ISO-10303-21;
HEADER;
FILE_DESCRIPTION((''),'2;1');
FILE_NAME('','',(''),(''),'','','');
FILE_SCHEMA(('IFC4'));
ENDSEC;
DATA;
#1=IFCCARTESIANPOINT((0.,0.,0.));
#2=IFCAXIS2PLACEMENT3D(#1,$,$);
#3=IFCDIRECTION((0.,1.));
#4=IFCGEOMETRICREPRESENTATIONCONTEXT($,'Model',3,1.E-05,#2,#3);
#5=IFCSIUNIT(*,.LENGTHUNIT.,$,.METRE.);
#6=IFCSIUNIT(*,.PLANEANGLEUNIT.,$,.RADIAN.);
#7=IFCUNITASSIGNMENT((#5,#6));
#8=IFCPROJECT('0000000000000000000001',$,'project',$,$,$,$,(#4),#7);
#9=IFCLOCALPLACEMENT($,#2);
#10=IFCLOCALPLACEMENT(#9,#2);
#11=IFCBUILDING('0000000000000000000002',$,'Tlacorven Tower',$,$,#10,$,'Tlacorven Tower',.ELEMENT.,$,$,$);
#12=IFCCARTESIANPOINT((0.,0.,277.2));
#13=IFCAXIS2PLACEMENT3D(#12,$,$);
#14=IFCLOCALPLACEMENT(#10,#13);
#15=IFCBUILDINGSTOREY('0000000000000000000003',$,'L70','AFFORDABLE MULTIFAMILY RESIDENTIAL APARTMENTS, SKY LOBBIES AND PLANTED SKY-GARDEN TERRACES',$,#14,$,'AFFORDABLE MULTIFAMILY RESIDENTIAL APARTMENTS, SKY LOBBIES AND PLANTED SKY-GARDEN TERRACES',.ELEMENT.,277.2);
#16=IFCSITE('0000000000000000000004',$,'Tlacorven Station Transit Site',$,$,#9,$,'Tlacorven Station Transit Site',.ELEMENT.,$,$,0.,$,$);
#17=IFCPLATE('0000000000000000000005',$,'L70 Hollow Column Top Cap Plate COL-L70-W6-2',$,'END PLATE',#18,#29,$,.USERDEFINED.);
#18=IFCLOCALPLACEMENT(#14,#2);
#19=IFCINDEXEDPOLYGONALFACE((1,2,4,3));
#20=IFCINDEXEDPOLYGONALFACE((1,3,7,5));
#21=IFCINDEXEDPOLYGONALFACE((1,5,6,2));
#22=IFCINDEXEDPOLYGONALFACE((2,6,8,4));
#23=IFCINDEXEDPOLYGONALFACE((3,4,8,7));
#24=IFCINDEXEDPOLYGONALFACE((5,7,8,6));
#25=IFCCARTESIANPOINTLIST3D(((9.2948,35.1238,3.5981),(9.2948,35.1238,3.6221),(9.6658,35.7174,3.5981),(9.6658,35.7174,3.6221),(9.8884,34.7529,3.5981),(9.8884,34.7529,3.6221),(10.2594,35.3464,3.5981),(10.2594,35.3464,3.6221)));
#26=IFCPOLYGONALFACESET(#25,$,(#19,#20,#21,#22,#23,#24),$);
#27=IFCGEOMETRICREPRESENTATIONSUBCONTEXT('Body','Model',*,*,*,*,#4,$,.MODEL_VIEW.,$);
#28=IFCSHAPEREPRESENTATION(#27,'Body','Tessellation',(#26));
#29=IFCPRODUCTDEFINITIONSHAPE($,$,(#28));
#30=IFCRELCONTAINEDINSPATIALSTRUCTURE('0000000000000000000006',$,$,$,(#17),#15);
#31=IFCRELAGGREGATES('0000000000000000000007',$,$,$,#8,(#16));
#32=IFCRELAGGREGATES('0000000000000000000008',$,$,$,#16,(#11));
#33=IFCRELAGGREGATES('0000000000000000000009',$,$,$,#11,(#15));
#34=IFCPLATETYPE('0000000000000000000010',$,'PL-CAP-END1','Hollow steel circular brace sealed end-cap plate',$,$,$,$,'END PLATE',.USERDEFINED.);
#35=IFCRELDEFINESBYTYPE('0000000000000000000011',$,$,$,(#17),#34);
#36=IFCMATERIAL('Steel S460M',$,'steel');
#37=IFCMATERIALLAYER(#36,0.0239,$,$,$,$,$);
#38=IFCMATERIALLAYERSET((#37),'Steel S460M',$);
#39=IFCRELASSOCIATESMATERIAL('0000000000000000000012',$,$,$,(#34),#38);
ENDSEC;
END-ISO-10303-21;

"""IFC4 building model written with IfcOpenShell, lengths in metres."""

from ifc_helpers import new_model, si_unit, direction, frame, origin, origin_2d, place, context, subcontext, project, spatial, rectangle, extrude, source, transform, mapped, material, layer, layer_set, type_object, element, save


model = new_model("IFC4")

# Units and contexts
model_context = context("Model", 3, precision=1e-05, world=origin(), true_north=direction((0.0, 1.0)))
body_context = subcontext(model_context, "Body", "Model", "MODEL_VIEW")
ifc_project = project(units=[si_unit("LENGTHUNIT", "METRE"), si_unit("PLANEANGLEUNIT", "RADIAN")], contexts=[model_context])

# Site, building, storey
site_placement = place(None, origin())
site = spatial("IfcSite", under=ifc_project, at=site_placement, Name="Tlacorven Station Transit Site", LongName="Tlacorven Station Transit Site", CompositionType="ELEMENT", RefElevation=0.0)
building_placement = place(site_placement, origin())
building = spatial("IfcBuilding", under=site, at=building_placement, Name="Tlacorven Tower", LongName="Tlacorven Tower", CompositionType="ELEMENT")
storey_placement = place(building_placement, frame((0.0, 0.0, 277.2)))
storey = spatial("IfcBuildingStorey", under=building, at=storey_placement, Name="L70", Description="AFFORDABLE MULTIFAMILY RESIDENTIAL APARTMENTS, SKY LOBBIES AND PLANTED SKY-GARDEN TERRACES", LongName="AFFORDABLE MULTIFAMILY RESIDENTIAL APARTMENTS, SKY LOBBIES AND PLANTED SKY-GARDEN TERRACES", CompositionType="ELEMENT", Elevation=277.2)

# Shared definitions
ifc_material_1 = material(Name="Steel S460M", Category="steel")

# Plate
ifc_layer_1 = layer(ifc_material_1, 0.0239)
ifc_layer_set_1 = layer_set([ifc_layer_1], Name="Steel S460M")
plate_type_1 = type_object("IfcPlateType", Name="PL-CAP-END1", Description="Hollow steel circular brace sealed end-cap plate", ElementType="END PLATE", PredefinedType="USERDEFINED", material=ifc_layer_set_1)
shared_shape_1 = source(origin(), body_context, "Body", "SweptSolid", [
    extrude(rectangle(XDim=0.7, YDim=0.7, at=origin_2d()), origin(), (0.0, 0.0, 1.0), 0.0239),
])
for number, where, z_axis, x_axis, name in (
    (1, (9.7771, 35.2351, 3.5981), (0.0, 0.0, 1.0), (-0.848048, 0.529919, 0.0), "L70 Hollow Column Top Cap Plate COL-L70-W6-2"),
):
    element("IfcPlate", number, at=place(storey_placement, frame(where, z_axis=z_axis, x_axis=x_axis)), inside=storey, type_object=plate_type_1, Name=name, ObjectType="END PLATE", PredefinedType="USERDEFINED", context=body_context, shape_type="MappedRepresentation", body=[
        mapped(shared_shape_1, transform((0.0, 0.0, 0.0), scale=1.0)),
    ])

save(model, "model.ifc")
